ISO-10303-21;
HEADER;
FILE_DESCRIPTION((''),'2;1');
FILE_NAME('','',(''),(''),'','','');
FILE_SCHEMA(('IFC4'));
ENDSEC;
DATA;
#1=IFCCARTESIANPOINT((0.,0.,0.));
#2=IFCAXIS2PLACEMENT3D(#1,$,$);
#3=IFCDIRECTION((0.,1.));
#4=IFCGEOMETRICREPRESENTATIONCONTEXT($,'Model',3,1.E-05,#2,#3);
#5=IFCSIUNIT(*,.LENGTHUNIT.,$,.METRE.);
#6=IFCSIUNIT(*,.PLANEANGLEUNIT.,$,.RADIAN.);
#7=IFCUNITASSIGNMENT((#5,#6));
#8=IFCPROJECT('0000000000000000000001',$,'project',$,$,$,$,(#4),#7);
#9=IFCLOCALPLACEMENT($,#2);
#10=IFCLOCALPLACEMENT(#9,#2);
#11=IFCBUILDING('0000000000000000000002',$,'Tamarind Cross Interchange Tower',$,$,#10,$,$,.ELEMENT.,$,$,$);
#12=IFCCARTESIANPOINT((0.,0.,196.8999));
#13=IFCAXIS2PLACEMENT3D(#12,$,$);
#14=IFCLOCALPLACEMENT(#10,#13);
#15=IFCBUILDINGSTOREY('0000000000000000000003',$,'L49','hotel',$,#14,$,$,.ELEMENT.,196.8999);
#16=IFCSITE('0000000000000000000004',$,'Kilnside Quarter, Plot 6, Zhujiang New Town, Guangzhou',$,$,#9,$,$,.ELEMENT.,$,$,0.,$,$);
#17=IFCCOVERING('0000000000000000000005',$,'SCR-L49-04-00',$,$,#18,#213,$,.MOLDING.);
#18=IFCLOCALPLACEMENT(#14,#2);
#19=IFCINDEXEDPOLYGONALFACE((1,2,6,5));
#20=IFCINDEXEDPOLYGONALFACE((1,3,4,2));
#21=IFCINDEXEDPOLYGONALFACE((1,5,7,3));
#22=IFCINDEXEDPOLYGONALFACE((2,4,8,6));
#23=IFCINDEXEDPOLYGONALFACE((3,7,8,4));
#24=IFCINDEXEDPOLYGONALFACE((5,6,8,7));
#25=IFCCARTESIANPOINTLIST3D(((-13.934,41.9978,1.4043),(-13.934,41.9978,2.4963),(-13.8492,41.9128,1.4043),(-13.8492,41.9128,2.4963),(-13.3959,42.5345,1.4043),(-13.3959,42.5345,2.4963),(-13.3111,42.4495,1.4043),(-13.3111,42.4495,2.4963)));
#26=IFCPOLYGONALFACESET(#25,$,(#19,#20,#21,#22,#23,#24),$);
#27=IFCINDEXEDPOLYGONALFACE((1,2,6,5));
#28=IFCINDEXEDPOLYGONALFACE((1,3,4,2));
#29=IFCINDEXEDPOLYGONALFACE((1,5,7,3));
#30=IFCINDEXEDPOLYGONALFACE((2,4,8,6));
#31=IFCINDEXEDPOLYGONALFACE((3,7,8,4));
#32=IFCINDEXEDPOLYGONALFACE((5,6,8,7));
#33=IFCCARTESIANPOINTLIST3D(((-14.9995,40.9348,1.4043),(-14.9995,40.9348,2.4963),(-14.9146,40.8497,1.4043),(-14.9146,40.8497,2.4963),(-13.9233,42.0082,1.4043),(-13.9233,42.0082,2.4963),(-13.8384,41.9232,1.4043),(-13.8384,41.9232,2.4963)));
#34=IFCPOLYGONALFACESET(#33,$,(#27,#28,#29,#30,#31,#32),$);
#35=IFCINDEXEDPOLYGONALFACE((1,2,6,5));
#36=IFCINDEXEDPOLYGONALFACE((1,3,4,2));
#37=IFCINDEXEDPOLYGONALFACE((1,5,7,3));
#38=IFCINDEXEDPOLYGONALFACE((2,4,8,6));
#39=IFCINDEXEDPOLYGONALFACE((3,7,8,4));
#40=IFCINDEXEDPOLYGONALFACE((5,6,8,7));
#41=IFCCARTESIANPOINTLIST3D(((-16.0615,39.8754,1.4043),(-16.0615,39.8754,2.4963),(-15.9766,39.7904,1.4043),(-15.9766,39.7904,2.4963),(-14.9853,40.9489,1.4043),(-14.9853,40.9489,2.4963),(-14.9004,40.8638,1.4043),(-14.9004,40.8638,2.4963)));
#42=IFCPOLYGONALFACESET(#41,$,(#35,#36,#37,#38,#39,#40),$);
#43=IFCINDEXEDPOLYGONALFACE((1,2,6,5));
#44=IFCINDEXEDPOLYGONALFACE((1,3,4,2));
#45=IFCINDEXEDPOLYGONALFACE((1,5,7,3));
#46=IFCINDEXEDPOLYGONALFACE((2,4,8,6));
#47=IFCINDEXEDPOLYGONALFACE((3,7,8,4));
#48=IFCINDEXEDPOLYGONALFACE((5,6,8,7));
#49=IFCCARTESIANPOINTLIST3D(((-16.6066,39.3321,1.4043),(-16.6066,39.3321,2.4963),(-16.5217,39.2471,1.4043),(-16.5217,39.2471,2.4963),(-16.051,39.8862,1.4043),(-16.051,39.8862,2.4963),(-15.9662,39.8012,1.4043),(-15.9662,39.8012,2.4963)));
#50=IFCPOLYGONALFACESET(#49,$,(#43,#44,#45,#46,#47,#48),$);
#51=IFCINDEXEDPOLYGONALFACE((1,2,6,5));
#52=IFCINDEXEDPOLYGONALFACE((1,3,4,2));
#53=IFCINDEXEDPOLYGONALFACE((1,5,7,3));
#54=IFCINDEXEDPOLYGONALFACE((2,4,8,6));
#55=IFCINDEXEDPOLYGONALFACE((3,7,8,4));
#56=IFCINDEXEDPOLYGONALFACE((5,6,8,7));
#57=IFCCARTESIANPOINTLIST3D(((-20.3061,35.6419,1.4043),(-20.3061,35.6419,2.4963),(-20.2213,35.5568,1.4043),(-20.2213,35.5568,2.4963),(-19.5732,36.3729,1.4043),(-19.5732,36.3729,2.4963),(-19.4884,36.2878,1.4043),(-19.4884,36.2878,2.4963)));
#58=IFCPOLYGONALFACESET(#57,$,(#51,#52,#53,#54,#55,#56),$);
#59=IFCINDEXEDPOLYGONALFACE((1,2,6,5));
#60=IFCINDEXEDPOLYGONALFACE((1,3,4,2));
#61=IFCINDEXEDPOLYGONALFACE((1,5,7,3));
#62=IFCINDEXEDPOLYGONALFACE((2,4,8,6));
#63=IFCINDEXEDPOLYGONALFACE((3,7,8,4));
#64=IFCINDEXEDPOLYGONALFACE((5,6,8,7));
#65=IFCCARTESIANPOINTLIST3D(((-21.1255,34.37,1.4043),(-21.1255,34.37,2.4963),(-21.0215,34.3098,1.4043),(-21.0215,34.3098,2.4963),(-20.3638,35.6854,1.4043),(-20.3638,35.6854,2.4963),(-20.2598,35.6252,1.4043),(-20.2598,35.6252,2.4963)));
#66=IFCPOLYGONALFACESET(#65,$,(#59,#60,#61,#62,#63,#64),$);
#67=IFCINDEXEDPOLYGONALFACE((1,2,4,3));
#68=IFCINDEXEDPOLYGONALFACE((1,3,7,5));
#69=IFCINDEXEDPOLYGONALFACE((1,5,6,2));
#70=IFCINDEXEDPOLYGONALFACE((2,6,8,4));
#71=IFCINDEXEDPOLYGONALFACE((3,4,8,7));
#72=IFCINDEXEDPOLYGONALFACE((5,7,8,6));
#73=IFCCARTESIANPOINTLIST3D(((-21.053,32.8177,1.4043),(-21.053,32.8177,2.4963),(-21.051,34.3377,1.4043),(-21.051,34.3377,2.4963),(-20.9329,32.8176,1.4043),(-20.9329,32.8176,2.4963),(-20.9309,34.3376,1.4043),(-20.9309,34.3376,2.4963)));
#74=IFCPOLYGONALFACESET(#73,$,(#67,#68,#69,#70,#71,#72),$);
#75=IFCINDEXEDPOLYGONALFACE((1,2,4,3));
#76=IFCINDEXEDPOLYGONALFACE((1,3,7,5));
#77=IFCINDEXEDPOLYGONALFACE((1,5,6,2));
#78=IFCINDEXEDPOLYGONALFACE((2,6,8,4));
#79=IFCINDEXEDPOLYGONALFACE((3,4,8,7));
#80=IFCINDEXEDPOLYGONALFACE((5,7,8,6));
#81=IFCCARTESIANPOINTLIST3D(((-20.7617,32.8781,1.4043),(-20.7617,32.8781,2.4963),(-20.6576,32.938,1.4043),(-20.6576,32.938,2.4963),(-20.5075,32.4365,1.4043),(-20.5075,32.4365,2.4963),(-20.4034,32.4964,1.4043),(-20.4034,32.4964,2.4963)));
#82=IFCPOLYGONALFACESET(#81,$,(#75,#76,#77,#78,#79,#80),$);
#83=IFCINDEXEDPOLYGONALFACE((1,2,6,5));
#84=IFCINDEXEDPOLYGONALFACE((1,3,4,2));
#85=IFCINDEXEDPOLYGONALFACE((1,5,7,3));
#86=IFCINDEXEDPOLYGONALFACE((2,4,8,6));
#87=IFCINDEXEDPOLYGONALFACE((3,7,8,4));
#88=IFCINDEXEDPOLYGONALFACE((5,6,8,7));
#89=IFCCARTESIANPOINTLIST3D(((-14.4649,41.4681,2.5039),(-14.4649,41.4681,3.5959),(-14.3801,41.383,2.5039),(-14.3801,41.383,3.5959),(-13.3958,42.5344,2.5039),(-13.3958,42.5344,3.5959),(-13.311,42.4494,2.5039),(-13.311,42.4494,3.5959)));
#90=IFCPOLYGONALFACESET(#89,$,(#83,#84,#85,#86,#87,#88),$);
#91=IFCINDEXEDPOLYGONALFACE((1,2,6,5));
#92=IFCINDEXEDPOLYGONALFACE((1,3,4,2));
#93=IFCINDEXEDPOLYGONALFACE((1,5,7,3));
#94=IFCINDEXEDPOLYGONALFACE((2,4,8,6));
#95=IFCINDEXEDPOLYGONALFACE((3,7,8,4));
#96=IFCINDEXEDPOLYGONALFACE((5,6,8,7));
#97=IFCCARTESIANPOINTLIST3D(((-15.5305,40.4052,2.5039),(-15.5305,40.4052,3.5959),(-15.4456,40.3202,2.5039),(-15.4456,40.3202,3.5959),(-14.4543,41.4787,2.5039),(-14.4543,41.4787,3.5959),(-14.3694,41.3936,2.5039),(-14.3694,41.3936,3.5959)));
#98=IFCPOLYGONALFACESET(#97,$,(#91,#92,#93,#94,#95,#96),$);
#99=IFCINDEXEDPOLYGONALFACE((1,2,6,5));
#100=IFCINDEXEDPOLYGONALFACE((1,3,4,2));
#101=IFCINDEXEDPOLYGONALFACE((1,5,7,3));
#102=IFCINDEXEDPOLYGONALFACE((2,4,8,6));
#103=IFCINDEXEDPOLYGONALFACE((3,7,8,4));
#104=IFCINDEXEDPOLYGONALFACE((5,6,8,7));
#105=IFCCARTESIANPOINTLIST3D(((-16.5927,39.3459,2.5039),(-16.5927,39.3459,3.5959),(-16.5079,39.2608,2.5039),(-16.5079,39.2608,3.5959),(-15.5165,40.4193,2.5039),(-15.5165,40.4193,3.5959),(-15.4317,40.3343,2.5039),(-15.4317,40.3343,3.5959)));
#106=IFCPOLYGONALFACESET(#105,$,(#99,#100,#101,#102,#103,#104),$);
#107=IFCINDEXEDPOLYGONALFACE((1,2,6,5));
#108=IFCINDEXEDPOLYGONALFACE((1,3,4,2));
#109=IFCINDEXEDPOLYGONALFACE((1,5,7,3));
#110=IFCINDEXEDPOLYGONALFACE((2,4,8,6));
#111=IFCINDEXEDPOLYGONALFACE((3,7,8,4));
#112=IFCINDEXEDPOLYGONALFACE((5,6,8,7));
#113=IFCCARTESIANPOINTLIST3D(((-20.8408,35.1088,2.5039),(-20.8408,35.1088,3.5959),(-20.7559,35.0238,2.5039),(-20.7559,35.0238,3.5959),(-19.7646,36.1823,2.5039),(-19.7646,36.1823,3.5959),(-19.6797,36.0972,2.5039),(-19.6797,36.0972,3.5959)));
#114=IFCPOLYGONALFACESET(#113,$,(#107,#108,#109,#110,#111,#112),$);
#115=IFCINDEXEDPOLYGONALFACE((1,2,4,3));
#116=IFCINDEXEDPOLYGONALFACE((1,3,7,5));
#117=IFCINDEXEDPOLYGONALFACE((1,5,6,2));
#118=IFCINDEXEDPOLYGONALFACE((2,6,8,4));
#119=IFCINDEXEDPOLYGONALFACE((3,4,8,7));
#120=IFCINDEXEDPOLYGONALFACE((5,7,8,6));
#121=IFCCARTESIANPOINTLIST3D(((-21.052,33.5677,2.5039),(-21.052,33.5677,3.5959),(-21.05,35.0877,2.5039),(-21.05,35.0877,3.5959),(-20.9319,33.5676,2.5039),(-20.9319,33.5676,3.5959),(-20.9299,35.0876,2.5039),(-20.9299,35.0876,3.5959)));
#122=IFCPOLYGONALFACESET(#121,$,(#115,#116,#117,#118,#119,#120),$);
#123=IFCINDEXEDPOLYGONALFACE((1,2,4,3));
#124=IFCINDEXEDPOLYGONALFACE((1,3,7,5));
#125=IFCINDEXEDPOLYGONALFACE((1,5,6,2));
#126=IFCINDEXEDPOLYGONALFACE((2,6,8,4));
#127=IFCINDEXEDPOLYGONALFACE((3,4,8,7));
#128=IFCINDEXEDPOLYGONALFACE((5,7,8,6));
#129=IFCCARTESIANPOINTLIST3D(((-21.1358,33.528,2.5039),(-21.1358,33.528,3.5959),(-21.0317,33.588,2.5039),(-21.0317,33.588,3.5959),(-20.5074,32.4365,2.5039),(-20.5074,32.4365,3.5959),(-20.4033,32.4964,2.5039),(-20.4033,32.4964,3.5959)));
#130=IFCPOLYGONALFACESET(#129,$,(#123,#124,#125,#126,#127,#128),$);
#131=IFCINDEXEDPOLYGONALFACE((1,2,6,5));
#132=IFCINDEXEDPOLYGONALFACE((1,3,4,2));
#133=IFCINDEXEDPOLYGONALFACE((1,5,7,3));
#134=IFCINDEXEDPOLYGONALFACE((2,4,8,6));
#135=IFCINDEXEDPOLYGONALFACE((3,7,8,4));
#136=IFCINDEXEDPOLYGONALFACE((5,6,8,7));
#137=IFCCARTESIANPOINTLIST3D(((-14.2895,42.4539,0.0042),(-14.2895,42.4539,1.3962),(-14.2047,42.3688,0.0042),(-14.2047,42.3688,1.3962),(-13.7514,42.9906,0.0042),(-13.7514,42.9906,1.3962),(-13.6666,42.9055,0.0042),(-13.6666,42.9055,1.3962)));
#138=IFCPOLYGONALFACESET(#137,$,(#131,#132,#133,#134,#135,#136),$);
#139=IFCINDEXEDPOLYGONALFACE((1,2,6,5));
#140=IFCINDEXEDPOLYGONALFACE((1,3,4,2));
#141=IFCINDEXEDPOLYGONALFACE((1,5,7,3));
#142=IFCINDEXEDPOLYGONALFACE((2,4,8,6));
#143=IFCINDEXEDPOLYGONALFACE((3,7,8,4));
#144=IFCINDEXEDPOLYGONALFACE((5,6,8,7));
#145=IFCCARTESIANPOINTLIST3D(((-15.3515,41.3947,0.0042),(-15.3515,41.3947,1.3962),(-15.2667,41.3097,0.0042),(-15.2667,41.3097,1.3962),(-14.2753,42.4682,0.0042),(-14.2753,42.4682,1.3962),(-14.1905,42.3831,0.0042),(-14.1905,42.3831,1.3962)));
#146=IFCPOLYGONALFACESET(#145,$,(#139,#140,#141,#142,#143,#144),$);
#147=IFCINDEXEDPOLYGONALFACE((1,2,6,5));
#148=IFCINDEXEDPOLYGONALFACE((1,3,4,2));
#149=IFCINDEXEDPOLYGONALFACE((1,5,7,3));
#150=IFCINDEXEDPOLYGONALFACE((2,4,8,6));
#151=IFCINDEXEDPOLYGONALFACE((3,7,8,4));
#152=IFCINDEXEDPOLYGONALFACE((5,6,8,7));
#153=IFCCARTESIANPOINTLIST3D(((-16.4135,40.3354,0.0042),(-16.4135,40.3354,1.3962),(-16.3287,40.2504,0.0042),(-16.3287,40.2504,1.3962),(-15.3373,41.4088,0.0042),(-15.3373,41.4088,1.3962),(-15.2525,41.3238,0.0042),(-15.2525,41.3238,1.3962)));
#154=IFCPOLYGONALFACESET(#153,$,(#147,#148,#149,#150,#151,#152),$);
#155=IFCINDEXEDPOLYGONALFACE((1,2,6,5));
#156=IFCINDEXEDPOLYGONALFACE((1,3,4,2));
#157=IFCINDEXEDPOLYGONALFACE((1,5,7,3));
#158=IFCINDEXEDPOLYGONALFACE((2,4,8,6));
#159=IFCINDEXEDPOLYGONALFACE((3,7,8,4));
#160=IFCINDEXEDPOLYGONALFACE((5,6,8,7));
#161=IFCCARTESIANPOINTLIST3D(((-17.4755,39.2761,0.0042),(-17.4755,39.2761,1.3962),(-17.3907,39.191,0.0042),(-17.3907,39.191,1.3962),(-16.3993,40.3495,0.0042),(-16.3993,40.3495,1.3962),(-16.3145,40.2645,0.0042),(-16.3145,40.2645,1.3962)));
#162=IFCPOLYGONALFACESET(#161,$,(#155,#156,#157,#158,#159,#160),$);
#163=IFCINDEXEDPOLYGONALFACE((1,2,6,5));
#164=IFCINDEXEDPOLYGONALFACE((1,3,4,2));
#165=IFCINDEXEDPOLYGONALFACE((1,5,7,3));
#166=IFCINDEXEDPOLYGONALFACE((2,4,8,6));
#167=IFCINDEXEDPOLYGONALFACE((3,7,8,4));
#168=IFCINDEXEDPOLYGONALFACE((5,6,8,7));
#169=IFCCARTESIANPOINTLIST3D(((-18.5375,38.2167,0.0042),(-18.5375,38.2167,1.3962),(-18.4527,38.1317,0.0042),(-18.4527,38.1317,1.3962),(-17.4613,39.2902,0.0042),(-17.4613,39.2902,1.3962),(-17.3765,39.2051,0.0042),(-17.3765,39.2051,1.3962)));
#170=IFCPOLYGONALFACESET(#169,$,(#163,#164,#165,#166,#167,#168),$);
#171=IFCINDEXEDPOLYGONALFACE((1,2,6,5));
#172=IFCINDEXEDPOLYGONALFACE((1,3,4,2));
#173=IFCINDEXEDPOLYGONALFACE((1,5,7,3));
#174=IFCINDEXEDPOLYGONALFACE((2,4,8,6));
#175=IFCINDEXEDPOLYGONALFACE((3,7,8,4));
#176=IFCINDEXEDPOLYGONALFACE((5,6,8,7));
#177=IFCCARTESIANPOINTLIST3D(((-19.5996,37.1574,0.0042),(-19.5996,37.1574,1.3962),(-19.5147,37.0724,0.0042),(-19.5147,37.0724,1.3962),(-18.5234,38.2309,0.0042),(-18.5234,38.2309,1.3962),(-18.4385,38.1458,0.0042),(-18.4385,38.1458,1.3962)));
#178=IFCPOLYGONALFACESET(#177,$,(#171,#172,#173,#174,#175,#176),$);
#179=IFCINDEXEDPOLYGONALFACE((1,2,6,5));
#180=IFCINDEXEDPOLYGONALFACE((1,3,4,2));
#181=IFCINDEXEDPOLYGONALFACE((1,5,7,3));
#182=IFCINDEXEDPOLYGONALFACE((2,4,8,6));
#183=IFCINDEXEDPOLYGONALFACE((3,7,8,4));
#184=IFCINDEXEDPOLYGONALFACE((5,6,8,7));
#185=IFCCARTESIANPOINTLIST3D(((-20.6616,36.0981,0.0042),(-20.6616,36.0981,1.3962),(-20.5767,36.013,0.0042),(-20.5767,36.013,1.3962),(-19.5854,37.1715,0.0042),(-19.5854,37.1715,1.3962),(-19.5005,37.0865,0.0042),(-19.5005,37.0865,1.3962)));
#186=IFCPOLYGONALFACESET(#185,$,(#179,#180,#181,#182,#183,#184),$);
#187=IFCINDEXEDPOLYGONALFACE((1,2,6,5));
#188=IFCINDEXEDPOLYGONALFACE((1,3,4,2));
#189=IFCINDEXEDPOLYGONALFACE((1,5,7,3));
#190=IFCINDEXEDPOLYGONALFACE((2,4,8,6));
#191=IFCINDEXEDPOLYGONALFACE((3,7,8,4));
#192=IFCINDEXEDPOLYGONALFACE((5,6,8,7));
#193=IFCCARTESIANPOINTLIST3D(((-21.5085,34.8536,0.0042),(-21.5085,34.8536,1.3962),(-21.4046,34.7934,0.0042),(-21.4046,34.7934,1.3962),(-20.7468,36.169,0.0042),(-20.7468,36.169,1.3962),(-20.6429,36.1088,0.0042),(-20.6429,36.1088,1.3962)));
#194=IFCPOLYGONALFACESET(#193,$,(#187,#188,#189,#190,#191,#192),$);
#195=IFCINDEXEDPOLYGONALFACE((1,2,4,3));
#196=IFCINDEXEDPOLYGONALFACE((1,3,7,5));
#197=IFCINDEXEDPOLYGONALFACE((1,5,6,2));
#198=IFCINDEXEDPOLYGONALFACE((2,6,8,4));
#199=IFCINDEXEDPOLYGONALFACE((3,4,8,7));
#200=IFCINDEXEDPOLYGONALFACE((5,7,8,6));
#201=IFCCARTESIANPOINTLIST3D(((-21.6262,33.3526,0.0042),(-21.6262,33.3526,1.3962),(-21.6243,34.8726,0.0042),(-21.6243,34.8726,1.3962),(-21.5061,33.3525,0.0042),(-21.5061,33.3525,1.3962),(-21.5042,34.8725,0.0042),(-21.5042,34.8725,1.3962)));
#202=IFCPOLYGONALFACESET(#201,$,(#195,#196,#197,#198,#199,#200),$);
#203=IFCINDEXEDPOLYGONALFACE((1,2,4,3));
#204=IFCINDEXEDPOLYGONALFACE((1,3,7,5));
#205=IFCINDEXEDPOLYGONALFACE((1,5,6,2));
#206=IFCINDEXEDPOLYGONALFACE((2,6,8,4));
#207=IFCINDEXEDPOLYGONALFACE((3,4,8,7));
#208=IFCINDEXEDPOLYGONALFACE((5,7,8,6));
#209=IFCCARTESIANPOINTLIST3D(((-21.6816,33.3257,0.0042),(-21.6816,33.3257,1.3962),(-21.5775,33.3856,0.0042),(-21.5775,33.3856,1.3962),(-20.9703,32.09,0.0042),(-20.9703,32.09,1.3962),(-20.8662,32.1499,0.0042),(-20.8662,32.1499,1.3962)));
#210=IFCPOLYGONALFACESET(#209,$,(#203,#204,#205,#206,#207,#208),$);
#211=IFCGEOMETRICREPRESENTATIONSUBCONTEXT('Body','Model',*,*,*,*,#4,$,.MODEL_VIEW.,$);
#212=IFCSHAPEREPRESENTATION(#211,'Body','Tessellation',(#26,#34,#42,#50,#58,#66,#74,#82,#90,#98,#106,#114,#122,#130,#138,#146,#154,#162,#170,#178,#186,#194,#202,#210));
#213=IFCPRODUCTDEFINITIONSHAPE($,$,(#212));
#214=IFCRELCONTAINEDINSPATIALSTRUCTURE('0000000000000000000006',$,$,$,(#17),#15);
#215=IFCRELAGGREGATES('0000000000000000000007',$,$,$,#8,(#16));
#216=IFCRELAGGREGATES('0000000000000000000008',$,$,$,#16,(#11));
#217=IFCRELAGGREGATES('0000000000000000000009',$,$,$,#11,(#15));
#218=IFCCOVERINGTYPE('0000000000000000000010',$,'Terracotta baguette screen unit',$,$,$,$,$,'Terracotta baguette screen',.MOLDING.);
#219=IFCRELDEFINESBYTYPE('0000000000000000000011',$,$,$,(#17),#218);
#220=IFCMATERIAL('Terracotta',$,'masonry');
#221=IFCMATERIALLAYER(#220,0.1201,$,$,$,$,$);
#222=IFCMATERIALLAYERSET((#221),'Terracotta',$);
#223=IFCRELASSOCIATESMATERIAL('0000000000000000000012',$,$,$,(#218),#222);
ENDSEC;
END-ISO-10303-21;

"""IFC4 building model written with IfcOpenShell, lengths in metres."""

from ifc_helpers import new_model, si_unit, direction, frame, origin, origin_2d, place, context, subcontext, project, spatial, rectangle, extrude, material, layer, layer_set, type_object, element, save


model = new_model("IFC4")

# Units and contexts
model_context = context("Model", 3, precision=1e-05, world=origin(), true_north=direction((0.0, 1.0)))
body_context = subcontext(model_context, "Body", "Model", "MODEL_VIEW")
ifc_project = project(units=[si_unit("LENGTHUNIT", "METRE"), si_unit("PLANEANGLEUNIT", "RADIAN")], contexts=[model_context])

# Site, building, storey
site_placement = place(None, origin())
site = spatial("IfcSite", under=ifc_project, at=site_placement, Name="Kilnside Quarter, Plot 6, Zhujiang New Town, Guangzhou", CompositionType="ELEMENT", RefElevation=0.0)
building_placement = place(site_placement, origin())
building = spatial("IfcBuilding", under=site, at=building_placement, Name="Tamarind Cross Interchange Tower", CompositionType="ELEMENT")
storey_placement = place(building_placement, frame((0.0, 0.0, 196.8999)))
storey = spatial("IfcBuildingStorey", under=building, at=storey_placement, Name="L49", Description="hotel", CompositionType="ELEMENT", Elevation=196.8999)

# Covering
ifc_material_1 = material(Name="Terracotta", Category="masonry")
ifc_layer_1 = layer(ifc_material_1, 0.1201)
ifc_layer_set_1 = layer_set([ifc_layer_1], Name="Terracotta")
covering_type = type_object("IfcCoveringType", Name="Terracotta baguette screen unit", ElementType="Terracotta baguette screen", PredefinedType="MOLDING", material=ifc_layer_set_1)
covering_1_placement = place(storey_placement, origin())
element("IfcCovering", 1, at=covering_1_placement, inside=storey, type_object=covering_type, Name="SCR-L49-04-00", PredefinedType="MOLDING", context=body_context, shape_type="SweptSolid", body=[
    extrude(rectangle(XDim=0.76, YDim=0.1201, at=origin_2d()), frame((-13.6226, 42.2236, 1.4043), z_axis=(0.0, 0.0, 1.0), x_axis=(-0.708015, -0.706198, 0.0)), (0.0, 0.0, 1.0), 1.092),
    extrude(rectangle(XDim=1.52, YDim=0.1201, at=origin_2d()), frame((-14.4189, 41.429, 1.4043), z_axis=(0.0, 0.0, 1.0), x_axis=(-0.708015, -0.706198, 0.0)), (0.0, 0.0, 1.0), 1.092),
    extrude(rectangle(XDim=1.52, YDim=0.1201, at=origin_2d()), frame((-15.481, 40.3696, 1.4043), z_axis=(0.0, 0.0, 1.0), x_axis=(-0.708015, -0.706198, 0.0)), (0.0, 0.0, 1.0), 1.092),
    extrude(rectangle(XDim=0.7847, YDim=0.1201, at=origin_2d()), frame((-16.2864, 39.5667, 1.4043), z_axis=(0.0, 0.0, 1.0), x_axis=(-0.708015, -0.706198, 0.0)), (0.0, 0.0, 1.0), 1.092),
    extrude(rectangle(XDim=1.0352, YDim=0.1201, at=origin_2d()), frame((-19.8972, 35.9648, 1.4043), z_axis=(0.0, 0.0, 1.0), x_axis=(-0.708015, -0.706198, 0.0)), (0.0, 0.0, 1.0), 1.092),
    extrude(rectangle(XDim=1.52, YDim=0.1201, at=origin_2d()), frame((-20.6926, 34.9976, 1.4043), z_axis=(0.0, 0.0, 1.0), x_axis=(-0.501112, -0.865382, 0.0)), (0.0, 0.0, 1.0), 1.092),
    extrude(rectangle(XDim=1.52, YDim=0.1201, at=origin_2d()), frame((-20.9919, 33.5776, 1.4043), z_axis=(0.0, 0.0, 1.0), x_axis=(-0.001285, -0.999999, 0.0)), (0.0, 0.0, 1.0), 1.092),
    extrude(rectangle(XDim=0.5095, YDim=0.1201, at=origin_2d()), frame((-20.5825, 32.6873, 1.4043), z_axis=(0.0, 0.0, 1.0), x_axis=(0.498887, -0.866667, 0.0)), (0.0, 0.0, 1.0), 1.092),
    extrude(rectangle(XDim=1.51, YDim=0.1201, at=origin_2d()), frame((-13.8879, 41.9587, 2.5039), z_axis=(0.0, 0.0, 1.0), x_axis=(-0.708015, -0.706198, 0.0)), (0.0, 0.0, 1.0), 1.092),
    extrude(rectangle(XDim=1.52, YDim=0.1201, at=origin_2d()), frame((-14.95, 40.8994, 2.5039), z_axis=(0.0, 0.0, 1.0), x_axis=(-0.708015, -0.706198, 0.0)), (0.0, 0.0, 1.0), 1.092),
    extrude(rectangle(XDim=1.52, YDim=0.1201, at=origin_2d()), frame((-16.0122, 39.8401, 2.5039), z_axis=(0.0, 0.0, 1.0), x_axis=(-0.708015, -0.706198, 0.0)), (0.0, 0.0, 1.0), 1.092),
    extrude(rectangle(XDim=1.52, YDim=0.1201, at=origin_2d()), frame((-20.2603, 35.603, 2.5039), z_axis=(0.0, 0.0, 1.0), x_axis=(-0.708015, -0.706198, 0.0)), (0.0, 0.0, 1.0), 1.092),
    extrude(rectangle(XDim=1.52, YDim=0.1201, at=origin_2d()), frame((-20.991, 34.3276, 2.5039), z_axis=(0.0, 0.0, 1.0), x_axis=(-0.001285, -0.999999, 0.0)), (0.0, 0.0, 1.0), 1.092),
    extrude(rectangle(XDim=1.2595, YDim=0.1201, at=origin_2d()), frame((-20.7695, 33.0122, 2.5039), z_axis=(0.0, 0.0, 1.0), x_axis=(0.498887, -0.866667, 0.0)), (0.0, 0.0, 1.0), 1.092),
    extrude(rectangle(XDim=0.76, YDim=0.1201, at=origin_2d()), frame((-13.978, 42.6797, 0.0042), z_axis=(0.0, 0.0, 1.0), x_axis=(-0.708015, -0.706198, 0.0)), (0.0, 0.0, 1.0), 1.3921),
    extrude(rectangle(XDim=1.52, YDim=0.1201, at=origin_2d()), frame((-14.771, 41.8889, 0.0042), z_axis=(0.0, 0.0, 1.0), x_axis=(-0.708015, -0.706198, 0.0)), (0.0, 0.0, 1.0), 1.3921),
    extrude(rectangle(XDim=1.52, YDim=0.1201, at=origin_2d()), frame((-15.833, 40.8296, 0.0042), z_axis=(0.0, 0.0, 1.0), x_axis=(-0.708015, -0.706198, 0.0)), (0.0, 0.0, 1.0), 1.3921),
    extrude(rectangle(XDim=1.52, YDim=0.1201, at=origin_2d()), frame((-16.895, 39.7703, 0.0042), z_axis=(0.0, 0.0, 1.0), x_axis=(-0.708015, -0.706198, 0.0)), (0.0, 0.0, 1.0), 1.3921),
    extrude(rectangle(XDim=1.52, YDim=0.1201, at=origin_2d()), frame((-17.957, 38.7109, 0.0042), z_axis=(0.0, 0.0, 1.0), x_axis=(-0.708015, -0.706198, 0.0)), (0.0, 0.0, 1.0), 1.3921),
    extrude(rectangle(XDim=1.52, YDim=0.1201, at=origin_2d()), frame((-19.019, 37.6516, 0.0042), z_axis=(0.0, 0.0, 1.0), x_axis=(-0.708015, -0.706198, 0.0)), (0.0, 0.0, 1.0), 1.3921),
    extrude(rectangle(XDim=1.52, YDim=0.1201, at=origin_2d()), frame((-20.0811, 36.5923, 0.0042), z_axis=(0.0, 0.0, 1.0), x_axis=(-0.708015, -0.706198, 0.0)), (0.0, 0.0, 1.0), 1.3921),
    extrude(rectangle(XDim=1.52, YDim=0.1201, at=origin_2d()), frame((-21.0757, 35.4812, 0.0042), z_axis=(0.0, 0.0, 1.0), x_axis=(-0.501112, -0.865382, 0.0)), (0.0, 0.0, 1.0), 1.3921),
    extrude(rectangle(XDim=1.52, YDim=0.1201, at=origin_2d()), frame((-21.5652, 34.1125, 0.0042), z_axis=(0.0, 0.0, 1.0), x_axis=(-0.001285, -0.999999, 0.0)), (0.0, 0.0, 1.0), 1.3921),
    extrude(rectangle(XDim=1.4258, YDim=0.1201, at=origin_2d()), frame((-21.2739, 32.7378, 0.0042), z_axis=(0.0, 0.0, 1.0), x_axis=(0.498887, -0.866667, 0.0)), (0.0, 0.0, 1.0), 1.3921),
])

save(model, "model.ifc")
